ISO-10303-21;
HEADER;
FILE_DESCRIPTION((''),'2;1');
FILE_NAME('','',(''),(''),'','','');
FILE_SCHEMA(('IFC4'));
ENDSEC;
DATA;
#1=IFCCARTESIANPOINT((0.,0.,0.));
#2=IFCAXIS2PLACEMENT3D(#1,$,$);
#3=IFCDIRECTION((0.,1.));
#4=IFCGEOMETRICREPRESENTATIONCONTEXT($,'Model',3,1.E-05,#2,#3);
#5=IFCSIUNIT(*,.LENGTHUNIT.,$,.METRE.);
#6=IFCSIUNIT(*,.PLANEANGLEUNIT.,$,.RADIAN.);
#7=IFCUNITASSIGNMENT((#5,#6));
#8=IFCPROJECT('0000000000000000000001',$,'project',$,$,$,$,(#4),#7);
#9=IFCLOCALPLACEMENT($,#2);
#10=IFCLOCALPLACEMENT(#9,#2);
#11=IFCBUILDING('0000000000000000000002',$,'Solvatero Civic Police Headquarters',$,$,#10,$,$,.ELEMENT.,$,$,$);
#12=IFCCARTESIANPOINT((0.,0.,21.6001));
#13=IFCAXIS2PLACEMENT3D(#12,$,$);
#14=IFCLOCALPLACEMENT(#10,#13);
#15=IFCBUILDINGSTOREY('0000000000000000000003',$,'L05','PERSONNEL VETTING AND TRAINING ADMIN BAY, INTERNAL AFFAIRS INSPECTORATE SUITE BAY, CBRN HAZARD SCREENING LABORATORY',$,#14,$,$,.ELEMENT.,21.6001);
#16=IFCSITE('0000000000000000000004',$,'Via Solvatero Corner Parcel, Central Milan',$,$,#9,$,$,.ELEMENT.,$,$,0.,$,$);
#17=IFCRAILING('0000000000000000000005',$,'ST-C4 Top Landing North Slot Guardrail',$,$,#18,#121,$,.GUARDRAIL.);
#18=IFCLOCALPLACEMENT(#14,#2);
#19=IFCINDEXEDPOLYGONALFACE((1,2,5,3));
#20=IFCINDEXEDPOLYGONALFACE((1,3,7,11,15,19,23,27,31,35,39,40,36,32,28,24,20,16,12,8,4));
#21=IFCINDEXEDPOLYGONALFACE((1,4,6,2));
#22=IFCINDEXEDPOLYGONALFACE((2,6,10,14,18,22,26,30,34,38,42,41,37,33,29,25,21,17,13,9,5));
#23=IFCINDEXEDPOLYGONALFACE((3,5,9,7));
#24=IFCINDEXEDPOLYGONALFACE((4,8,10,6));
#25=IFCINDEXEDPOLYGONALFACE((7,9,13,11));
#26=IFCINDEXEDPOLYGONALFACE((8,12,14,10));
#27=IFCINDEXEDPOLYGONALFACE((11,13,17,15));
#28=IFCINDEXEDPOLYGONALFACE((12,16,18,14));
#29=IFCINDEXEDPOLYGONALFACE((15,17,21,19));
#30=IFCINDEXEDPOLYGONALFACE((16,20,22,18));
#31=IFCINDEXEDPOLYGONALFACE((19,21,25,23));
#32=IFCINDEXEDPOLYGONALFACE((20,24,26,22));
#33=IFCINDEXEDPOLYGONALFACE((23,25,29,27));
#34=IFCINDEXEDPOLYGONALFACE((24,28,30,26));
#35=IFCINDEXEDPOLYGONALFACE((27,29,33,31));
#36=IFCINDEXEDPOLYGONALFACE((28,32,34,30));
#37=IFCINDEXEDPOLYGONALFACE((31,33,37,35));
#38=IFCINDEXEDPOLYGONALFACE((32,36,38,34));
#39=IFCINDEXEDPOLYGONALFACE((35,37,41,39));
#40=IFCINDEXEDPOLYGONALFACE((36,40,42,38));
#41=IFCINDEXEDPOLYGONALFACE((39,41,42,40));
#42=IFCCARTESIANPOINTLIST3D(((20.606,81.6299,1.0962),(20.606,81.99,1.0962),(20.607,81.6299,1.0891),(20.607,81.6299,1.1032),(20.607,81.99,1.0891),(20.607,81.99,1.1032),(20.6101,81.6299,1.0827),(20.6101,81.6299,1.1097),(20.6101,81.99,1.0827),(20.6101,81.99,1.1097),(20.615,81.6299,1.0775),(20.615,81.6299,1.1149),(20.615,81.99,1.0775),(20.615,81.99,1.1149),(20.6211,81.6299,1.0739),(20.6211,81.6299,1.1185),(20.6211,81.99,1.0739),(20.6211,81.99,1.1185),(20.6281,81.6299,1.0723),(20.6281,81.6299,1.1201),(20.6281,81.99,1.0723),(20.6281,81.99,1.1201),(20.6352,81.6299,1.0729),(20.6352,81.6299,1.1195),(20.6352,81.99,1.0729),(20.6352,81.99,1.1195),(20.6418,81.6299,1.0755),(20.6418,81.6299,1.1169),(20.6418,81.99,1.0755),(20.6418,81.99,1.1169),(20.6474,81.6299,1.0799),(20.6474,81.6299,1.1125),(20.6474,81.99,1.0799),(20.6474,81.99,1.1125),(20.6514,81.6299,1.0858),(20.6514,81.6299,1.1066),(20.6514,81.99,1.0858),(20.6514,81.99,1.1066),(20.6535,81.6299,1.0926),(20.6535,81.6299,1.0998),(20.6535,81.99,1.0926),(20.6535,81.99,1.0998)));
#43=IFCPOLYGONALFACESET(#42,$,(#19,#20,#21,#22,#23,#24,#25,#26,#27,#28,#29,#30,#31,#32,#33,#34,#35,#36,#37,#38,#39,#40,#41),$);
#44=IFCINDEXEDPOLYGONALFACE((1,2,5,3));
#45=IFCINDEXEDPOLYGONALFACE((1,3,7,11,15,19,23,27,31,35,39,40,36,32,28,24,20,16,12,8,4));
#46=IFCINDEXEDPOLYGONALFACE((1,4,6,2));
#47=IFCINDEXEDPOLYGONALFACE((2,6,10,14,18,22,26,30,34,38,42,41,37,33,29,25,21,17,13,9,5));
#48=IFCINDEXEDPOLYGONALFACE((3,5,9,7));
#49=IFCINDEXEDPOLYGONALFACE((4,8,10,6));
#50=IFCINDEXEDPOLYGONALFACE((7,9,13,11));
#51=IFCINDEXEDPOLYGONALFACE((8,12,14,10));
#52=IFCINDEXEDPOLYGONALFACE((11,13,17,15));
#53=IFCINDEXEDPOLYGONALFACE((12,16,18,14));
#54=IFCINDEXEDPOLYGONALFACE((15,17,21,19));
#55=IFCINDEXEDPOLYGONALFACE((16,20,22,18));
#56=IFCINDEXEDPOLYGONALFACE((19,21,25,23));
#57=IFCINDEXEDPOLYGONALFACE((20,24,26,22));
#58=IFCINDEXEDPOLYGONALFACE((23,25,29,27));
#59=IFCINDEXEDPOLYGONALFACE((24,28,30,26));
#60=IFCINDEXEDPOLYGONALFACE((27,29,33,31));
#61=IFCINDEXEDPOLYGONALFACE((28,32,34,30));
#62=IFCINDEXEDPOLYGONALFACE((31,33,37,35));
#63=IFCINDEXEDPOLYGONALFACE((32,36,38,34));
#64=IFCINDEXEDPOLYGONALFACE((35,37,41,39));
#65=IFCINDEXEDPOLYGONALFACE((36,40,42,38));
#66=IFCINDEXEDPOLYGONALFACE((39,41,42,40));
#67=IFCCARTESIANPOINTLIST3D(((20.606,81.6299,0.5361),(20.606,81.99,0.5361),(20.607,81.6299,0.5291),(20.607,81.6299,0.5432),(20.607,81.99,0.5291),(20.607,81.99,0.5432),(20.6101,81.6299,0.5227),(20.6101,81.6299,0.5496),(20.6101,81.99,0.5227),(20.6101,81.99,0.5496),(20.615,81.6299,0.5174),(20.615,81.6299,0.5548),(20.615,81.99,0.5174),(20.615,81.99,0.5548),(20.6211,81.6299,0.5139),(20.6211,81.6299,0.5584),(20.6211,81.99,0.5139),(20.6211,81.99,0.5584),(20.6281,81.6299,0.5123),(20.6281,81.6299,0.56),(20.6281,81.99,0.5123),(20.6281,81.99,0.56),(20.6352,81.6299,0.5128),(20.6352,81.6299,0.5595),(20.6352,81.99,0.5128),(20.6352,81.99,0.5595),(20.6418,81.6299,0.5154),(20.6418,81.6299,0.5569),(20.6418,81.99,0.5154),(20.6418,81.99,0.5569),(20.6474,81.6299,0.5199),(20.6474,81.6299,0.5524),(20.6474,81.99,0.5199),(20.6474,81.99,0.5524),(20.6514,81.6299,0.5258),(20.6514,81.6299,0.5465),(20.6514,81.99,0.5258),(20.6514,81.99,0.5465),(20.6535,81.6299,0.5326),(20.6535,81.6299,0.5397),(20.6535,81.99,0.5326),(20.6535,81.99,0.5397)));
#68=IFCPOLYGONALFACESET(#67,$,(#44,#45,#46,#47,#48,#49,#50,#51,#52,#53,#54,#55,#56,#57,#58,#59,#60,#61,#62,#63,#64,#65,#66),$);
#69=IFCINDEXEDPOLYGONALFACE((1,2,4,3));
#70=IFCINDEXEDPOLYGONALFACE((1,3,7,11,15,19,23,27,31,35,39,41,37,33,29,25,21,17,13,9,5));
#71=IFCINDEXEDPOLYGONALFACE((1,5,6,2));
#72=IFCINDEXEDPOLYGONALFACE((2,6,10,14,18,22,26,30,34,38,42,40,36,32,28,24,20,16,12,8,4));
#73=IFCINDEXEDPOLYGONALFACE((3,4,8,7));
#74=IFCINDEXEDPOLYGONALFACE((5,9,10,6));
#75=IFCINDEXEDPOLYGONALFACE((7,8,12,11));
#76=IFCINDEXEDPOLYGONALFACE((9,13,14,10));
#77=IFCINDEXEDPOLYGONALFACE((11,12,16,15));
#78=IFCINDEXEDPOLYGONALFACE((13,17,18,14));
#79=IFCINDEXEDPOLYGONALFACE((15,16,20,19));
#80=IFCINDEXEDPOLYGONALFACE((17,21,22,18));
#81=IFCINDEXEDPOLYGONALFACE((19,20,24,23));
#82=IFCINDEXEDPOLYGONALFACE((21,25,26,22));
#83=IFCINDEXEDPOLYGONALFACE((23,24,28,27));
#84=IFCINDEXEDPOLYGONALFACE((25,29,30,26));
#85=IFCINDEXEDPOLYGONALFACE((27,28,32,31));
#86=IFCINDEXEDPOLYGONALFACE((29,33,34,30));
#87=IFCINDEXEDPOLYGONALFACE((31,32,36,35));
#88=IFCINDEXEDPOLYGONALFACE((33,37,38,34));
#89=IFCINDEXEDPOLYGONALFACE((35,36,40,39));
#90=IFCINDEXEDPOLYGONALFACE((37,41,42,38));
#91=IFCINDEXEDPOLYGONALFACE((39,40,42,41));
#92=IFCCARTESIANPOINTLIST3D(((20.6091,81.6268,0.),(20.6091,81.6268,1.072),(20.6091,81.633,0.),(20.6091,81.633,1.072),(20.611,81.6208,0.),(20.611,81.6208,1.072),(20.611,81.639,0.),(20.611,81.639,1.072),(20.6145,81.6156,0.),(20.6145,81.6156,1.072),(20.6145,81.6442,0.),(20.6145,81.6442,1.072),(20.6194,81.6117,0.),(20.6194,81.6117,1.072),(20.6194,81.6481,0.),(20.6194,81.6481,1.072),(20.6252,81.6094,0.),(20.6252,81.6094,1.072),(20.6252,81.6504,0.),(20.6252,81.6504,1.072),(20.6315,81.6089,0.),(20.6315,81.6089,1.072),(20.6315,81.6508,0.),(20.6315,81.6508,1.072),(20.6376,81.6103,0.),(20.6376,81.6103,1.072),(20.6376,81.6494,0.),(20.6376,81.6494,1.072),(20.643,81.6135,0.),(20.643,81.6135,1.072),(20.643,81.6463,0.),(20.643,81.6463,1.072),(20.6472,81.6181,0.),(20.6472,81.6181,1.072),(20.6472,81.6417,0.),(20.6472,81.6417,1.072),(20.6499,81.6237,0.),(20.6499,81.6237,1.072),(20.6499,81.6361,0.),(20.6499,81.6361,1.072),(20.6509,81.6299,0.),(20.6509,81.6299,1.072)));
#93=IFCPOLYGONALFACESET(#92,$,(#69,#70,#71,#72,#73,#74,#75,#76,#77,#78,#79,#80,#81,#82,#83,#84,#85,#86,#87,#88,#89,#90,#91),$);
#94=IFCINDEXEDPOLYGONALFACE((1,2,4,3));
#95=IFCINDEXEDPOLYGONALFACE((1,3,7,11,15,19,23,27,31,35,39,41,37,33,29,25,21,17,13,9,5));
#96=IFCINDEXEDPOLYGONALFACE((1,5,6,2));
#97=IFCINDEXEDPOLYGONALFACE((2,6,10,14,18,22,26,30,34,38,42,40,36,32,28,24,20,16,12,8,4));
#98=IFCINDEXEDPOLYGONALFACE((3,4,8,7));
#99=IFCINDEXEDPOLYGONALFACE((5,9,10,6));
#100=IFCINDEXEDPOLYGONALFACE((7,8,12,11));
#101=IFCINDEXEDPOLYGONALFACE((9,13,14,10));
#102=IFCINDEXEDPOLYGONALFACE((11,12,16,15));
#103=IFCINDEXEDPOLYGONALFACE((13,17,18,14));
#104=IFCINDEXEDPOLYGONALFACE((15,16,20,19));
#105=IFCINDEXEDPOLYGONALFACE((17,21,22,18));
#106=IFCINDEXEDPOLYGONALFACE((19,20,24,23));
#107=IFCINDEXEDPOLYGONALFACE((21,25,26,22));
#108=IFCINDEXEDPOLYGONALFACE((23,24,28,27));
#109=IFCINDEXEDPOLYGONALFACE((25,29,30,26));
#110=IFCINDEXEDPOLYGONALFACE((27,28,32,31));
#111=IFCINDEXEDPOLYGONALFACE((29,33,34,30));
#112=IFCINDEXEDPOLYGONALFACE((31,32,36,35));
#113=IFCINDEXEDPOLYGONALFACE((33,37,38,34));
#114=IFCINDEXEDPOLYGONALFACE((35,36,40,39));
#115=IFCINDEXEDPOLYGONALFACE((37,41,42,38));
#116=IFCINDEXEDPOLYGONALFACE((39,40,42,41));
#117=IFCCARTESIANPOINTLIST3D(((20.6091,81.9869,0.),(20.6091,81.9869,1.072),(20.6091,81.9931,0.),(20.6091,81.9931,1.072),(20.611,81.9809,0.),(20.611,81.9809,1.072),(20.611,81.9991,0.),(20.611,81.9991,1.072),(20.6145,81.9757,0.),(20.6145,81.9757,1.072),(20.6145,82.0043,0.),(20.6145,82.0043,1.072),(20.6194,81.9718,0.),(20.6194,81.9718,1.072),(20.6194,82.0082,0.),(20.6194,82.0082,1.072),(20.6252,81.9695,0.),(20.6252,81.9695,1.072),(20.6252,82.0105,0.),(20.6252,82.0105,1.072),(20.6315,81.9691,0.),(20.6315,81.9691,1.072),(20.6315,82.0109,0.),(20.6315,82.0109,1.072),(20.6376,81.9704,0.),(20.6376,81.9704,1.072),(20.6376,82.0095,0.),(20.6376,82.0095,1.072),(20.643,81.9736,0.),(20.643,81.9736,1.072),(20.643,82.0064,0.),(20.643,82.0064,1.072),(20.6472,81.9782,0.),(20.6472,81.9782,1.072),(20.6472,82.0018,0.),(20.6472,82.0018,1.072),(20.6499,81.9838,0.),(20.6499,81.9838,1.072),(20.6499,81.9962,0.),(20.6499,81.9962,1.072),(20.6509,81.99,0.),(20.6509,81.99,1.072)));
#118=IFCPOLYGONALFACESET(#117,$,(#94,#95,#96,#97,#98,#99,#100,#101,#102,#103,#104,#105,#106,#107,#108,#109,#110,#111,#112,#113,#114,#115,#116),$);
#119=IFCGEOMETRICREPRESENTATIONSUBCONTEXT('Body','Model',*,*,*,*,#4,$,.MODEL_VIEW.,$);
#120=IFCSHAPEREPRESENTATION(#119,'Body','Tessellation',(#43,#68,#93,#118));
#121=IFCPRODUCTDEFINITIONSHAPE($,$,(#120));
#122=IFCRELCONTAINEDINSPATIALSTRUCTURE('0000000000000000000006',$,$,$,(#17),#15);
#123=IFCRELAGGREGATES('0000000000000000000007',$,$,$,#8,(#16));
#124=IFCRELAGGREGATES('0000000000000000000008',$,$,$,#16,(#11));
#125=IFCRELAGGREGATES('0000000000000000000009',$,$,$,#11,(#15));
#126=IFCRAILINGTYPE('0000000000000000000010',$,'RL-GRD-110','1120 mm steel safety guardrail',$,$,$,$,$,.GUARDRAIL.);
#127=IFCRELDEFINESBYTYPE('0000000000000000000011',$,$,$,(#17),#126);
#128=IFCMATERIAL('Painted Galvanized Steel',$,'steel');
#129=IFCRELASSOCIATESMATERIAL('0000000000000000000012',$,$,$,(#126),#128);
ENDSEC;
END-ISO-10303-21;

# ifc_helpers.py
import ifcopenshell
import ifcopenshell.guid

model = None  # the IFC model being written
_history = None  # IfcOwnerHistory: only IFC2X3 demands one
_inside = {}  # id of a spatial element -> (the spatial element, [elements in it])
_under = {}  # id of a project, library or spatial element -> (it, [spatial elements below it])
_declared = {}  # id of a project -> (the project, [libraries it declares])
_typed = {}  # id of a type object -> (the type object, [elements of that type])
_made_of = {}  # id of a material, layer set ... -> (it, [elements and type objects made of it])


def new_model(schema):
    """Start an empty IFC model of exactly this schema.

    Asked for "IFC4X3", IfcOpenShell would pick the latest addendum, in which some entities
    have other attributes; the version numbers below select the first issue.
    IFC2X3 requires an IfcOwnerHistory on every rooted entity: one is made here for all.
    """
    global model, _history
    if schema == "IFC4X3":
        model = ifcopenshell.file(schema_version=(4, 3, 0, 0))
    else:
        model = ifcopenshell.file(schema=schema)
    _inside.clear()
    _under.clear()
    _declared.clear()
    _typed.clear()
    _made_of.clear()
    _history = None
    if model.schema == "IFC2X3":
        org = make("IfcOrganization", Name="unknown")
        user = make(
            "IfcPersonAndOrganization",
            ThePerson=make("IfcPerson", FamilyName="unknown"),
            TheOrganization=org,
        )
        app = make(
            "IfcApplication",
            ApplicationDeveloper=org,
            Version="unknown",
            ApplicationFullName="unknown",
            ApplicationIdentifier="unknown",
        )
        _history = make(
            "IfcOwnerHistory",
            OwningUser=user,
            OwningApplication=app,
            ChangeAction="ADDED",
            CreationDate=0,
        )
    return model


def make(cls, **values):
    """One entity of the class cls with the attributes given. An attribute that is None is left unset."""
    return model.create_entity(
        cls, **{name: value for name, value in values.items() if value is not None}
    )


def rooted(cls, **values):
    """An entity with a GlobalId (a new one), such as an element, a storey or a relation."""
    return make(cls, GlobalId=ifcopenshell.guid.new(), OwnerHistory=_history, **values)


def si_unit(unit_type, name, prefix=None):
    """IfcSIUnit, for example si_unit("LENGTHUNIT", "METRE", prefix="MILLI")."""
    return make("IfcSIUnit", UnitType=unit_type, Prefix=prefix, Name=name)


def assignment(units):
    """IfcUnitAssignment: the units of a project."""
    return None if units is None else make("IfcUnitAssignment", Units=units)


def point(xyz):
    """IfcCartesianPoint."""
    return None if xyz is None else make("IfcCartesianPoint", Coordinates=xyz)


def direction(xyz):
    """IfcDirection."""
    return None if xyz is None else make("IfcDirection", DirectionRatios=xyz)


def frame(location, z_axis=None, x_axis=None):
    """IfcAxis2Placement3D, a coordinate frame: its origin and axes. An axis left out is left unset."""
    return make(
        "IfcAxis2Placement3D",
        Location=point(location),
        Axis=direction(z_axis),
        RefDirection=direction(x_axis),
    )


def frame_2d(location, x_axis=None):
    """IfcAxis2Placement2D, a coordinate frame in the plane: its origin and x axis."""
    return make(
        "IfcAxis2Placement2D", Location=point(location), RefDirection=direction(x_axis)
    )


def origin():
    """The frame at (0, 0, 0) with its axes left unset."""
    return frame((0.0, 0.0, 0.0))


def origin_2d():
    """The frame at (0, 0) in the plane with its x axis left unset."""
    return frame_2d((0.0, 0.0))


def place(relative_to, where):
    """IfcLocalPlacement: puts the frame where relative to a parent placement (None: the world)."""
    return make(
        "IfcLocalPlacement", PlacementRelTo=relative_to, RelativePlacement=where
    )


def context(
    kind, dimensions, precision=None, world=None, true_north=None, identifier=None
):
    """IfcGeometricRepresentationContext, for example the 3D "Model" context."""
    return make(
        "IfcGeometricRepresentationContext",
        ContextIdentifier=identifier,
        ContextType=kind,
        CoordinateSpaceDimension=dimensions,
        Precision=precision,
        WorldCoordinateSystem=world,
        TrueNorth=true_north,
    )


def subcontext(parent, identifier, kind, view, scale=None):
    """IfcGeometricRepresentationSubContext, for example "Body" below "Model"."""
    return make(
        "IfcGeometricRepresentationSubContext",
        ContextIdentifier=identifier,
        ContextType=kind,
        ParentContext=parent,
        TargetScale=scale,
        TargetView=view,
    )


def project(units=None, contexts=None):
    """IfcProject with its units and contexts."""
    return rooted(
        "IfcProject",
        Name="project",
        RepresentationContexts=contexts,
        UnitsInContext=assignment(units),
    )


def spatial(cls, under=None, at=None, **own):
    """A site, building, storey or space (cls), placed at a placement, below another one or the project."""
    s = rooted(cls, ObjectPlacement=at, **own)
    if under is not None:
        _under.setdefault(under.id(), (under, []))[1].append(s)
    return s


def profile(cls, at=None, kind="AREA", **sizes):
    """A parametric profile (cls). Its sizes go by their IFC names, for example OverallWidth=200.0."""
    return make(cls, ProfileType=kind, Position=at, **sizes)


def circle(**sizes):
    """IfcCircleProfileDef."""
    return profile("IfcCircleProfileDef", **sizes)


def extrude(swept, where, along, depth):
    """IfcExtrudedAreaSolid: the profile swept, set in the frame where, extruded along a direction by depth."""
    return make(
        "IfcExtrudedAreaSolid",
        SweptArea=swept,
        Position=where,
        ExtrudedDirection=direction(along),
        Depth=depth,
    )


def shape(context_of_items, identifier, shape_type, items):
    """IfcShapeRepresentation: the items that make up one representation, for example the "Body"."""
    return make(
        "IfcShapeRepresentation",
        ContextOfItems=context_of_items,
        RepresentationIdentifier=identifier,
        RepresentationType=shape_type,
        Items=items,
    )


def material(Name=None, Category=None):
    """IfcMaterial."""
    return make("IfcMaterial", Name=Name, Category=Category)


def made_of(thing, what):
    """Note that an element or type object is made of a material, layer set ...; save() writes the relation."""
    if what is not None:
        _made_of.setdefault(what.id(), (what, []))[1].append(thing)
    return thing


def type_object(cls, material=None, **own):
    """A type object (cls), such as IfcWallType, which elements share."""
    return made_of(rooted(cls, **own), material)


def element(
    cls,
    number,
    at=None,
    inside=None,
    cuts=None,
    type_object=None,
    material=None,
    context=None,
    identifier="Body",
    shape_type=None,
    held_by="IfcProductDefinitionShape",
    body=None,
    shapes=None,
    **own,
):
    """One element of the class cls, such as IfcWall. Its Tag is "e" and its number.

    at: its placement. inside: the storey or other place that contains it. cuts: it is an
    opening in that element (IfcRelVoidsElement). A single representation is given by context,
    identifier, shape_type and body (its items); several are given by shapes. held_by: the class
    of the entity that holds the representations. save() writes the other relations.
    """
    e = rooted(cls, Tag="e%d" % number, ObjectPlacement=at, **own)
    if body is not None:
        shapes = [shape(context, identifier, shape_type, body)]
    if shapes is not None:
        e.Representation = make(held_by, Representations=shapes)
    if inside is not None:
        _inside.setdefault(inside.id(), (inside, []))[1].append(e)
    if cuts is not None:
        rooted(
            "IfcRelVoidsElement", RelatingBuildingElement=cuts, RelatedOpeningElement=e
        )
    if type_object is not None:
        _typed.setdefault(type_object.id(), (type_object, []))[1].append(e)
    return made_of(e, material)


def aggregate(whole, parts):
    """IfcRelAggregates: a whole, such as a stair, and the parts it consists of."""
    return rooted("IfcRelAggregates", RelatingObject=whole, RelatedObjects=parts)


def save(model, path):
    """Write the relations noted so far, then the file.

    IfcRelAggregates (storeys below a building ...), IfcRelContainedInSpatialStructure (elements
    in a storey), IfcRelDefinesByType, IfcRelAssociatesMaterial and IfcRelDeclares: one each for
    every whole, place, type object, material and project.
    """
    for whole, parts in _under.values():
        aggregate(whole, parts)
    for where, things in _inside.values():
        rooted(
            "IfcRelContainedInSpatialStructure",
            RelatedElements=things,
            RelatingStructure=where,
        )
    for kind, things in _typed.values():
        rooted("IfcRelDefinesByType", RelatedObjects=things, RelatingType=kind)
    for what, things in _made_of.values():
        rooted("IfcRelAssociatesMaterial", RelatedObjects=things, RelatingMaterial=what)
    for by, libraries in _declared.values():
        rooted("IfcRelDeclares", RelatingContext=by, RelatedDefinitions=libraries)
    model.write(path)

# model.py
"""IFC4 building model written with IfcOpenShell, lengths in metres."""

from ifc_helpers import new_model, si_unit, direction, frame, origin, origin_2d, place, context, subcontext, project, spatial, circle, extrude, material, type_object, element, save


model = new_model("IFC4")

# Units and contexts
model_context = context("Model", 3, precision=1e-05, world=origin(), true_north=direction((0.0, 1.0)))
body_context = subcontext(model_context, "Body", "Model", "MODEL_VIEW")
ifc_project = project(units=[si_unit("LENGTHUNIT", "METRE"), si_unit("PLANEANGLEUNIT", "RADIAN")], contexts=[model_context])

# Site, building, storey
site_placement = place(None, origin())
site = spatial("IfcSite", under=ifc_project, at=site_placement, Name="Via Solvatero Corner Parcel, Central Milan", CompositionType="ELEMENT", RefElevation=0.0)
building_placement = place(site_placement, origin())
building = spatial("IfcBuilding", under=site, at=building_placement, Name="Solvatero Civic Police Headquarters", CompositionType="ELEMENT")
storey_placement = place(building_placement, frame((0.0, 0.0, 21.6001)))
storey = spatial("IfcBuildingStorey", under=building, at=storey_placement, Name="L05", Description="PERSONNEL VETTING AND TRAINING ADMIN BAY, INTERNAL AFFAIRS INSPECTORATE SUITE BAY, CBRN HAZARD SCREENING LABORATORY", CompositionType="ELEMENT", Elevation=21.6001)

# Railing
ifc_material_1 = material(Name="Painted Galvanized Steel", Category="steel")
railing_type = type_object("IfcRailingType", Name="RL-GRD-110", Description="1120 mm steel safety guardrail", PredefinedType="GUARDRAIL", material=ifc_material_1)
railing_1_placement = place(storey_placement, frame((20.6299, 81.6299, 0.0)))
element("IfcRailing", 1, at=railing_1_placement, inside=storey, type_object=railing_type, Name="ST-C4 Top Landing North Slot Guardrail", PredefinedType="GUARDRAIL", context=body_context, shape_type="SweptSolid", body=[
    extrude(circle(Radius=0.0239, at=origin_2d()), frame((0.0, 0.0, 1.0962), z_axis=(0.0, 1.0, 0.0), x_axis=(-1.0, 0.0, 0.0)), (0.0, 0.0, 1.0), 0.3601),
    extrude(circle(Radius=0.0239, at=origin_2d()), frame((0.0, 0.0, 0.5361), z_axis=(0.0, 1.0, 0.0), x_axis=(-1.0, 0.0, 0.0)), (0.0, 0.0, 1.0), 0.3601),
    extrude(circle(Radius=0.021, at=origin_2d()), origin(), (0.0, 0.0, 1.0), 1.072),
    extrude(circle(Radius=0.021, at=origin_2d()), frame((0.0, 0.3601, 0.0)), (0.0, 0.0, 1.0), 1.072),
])

save(model, "model.ifc")
